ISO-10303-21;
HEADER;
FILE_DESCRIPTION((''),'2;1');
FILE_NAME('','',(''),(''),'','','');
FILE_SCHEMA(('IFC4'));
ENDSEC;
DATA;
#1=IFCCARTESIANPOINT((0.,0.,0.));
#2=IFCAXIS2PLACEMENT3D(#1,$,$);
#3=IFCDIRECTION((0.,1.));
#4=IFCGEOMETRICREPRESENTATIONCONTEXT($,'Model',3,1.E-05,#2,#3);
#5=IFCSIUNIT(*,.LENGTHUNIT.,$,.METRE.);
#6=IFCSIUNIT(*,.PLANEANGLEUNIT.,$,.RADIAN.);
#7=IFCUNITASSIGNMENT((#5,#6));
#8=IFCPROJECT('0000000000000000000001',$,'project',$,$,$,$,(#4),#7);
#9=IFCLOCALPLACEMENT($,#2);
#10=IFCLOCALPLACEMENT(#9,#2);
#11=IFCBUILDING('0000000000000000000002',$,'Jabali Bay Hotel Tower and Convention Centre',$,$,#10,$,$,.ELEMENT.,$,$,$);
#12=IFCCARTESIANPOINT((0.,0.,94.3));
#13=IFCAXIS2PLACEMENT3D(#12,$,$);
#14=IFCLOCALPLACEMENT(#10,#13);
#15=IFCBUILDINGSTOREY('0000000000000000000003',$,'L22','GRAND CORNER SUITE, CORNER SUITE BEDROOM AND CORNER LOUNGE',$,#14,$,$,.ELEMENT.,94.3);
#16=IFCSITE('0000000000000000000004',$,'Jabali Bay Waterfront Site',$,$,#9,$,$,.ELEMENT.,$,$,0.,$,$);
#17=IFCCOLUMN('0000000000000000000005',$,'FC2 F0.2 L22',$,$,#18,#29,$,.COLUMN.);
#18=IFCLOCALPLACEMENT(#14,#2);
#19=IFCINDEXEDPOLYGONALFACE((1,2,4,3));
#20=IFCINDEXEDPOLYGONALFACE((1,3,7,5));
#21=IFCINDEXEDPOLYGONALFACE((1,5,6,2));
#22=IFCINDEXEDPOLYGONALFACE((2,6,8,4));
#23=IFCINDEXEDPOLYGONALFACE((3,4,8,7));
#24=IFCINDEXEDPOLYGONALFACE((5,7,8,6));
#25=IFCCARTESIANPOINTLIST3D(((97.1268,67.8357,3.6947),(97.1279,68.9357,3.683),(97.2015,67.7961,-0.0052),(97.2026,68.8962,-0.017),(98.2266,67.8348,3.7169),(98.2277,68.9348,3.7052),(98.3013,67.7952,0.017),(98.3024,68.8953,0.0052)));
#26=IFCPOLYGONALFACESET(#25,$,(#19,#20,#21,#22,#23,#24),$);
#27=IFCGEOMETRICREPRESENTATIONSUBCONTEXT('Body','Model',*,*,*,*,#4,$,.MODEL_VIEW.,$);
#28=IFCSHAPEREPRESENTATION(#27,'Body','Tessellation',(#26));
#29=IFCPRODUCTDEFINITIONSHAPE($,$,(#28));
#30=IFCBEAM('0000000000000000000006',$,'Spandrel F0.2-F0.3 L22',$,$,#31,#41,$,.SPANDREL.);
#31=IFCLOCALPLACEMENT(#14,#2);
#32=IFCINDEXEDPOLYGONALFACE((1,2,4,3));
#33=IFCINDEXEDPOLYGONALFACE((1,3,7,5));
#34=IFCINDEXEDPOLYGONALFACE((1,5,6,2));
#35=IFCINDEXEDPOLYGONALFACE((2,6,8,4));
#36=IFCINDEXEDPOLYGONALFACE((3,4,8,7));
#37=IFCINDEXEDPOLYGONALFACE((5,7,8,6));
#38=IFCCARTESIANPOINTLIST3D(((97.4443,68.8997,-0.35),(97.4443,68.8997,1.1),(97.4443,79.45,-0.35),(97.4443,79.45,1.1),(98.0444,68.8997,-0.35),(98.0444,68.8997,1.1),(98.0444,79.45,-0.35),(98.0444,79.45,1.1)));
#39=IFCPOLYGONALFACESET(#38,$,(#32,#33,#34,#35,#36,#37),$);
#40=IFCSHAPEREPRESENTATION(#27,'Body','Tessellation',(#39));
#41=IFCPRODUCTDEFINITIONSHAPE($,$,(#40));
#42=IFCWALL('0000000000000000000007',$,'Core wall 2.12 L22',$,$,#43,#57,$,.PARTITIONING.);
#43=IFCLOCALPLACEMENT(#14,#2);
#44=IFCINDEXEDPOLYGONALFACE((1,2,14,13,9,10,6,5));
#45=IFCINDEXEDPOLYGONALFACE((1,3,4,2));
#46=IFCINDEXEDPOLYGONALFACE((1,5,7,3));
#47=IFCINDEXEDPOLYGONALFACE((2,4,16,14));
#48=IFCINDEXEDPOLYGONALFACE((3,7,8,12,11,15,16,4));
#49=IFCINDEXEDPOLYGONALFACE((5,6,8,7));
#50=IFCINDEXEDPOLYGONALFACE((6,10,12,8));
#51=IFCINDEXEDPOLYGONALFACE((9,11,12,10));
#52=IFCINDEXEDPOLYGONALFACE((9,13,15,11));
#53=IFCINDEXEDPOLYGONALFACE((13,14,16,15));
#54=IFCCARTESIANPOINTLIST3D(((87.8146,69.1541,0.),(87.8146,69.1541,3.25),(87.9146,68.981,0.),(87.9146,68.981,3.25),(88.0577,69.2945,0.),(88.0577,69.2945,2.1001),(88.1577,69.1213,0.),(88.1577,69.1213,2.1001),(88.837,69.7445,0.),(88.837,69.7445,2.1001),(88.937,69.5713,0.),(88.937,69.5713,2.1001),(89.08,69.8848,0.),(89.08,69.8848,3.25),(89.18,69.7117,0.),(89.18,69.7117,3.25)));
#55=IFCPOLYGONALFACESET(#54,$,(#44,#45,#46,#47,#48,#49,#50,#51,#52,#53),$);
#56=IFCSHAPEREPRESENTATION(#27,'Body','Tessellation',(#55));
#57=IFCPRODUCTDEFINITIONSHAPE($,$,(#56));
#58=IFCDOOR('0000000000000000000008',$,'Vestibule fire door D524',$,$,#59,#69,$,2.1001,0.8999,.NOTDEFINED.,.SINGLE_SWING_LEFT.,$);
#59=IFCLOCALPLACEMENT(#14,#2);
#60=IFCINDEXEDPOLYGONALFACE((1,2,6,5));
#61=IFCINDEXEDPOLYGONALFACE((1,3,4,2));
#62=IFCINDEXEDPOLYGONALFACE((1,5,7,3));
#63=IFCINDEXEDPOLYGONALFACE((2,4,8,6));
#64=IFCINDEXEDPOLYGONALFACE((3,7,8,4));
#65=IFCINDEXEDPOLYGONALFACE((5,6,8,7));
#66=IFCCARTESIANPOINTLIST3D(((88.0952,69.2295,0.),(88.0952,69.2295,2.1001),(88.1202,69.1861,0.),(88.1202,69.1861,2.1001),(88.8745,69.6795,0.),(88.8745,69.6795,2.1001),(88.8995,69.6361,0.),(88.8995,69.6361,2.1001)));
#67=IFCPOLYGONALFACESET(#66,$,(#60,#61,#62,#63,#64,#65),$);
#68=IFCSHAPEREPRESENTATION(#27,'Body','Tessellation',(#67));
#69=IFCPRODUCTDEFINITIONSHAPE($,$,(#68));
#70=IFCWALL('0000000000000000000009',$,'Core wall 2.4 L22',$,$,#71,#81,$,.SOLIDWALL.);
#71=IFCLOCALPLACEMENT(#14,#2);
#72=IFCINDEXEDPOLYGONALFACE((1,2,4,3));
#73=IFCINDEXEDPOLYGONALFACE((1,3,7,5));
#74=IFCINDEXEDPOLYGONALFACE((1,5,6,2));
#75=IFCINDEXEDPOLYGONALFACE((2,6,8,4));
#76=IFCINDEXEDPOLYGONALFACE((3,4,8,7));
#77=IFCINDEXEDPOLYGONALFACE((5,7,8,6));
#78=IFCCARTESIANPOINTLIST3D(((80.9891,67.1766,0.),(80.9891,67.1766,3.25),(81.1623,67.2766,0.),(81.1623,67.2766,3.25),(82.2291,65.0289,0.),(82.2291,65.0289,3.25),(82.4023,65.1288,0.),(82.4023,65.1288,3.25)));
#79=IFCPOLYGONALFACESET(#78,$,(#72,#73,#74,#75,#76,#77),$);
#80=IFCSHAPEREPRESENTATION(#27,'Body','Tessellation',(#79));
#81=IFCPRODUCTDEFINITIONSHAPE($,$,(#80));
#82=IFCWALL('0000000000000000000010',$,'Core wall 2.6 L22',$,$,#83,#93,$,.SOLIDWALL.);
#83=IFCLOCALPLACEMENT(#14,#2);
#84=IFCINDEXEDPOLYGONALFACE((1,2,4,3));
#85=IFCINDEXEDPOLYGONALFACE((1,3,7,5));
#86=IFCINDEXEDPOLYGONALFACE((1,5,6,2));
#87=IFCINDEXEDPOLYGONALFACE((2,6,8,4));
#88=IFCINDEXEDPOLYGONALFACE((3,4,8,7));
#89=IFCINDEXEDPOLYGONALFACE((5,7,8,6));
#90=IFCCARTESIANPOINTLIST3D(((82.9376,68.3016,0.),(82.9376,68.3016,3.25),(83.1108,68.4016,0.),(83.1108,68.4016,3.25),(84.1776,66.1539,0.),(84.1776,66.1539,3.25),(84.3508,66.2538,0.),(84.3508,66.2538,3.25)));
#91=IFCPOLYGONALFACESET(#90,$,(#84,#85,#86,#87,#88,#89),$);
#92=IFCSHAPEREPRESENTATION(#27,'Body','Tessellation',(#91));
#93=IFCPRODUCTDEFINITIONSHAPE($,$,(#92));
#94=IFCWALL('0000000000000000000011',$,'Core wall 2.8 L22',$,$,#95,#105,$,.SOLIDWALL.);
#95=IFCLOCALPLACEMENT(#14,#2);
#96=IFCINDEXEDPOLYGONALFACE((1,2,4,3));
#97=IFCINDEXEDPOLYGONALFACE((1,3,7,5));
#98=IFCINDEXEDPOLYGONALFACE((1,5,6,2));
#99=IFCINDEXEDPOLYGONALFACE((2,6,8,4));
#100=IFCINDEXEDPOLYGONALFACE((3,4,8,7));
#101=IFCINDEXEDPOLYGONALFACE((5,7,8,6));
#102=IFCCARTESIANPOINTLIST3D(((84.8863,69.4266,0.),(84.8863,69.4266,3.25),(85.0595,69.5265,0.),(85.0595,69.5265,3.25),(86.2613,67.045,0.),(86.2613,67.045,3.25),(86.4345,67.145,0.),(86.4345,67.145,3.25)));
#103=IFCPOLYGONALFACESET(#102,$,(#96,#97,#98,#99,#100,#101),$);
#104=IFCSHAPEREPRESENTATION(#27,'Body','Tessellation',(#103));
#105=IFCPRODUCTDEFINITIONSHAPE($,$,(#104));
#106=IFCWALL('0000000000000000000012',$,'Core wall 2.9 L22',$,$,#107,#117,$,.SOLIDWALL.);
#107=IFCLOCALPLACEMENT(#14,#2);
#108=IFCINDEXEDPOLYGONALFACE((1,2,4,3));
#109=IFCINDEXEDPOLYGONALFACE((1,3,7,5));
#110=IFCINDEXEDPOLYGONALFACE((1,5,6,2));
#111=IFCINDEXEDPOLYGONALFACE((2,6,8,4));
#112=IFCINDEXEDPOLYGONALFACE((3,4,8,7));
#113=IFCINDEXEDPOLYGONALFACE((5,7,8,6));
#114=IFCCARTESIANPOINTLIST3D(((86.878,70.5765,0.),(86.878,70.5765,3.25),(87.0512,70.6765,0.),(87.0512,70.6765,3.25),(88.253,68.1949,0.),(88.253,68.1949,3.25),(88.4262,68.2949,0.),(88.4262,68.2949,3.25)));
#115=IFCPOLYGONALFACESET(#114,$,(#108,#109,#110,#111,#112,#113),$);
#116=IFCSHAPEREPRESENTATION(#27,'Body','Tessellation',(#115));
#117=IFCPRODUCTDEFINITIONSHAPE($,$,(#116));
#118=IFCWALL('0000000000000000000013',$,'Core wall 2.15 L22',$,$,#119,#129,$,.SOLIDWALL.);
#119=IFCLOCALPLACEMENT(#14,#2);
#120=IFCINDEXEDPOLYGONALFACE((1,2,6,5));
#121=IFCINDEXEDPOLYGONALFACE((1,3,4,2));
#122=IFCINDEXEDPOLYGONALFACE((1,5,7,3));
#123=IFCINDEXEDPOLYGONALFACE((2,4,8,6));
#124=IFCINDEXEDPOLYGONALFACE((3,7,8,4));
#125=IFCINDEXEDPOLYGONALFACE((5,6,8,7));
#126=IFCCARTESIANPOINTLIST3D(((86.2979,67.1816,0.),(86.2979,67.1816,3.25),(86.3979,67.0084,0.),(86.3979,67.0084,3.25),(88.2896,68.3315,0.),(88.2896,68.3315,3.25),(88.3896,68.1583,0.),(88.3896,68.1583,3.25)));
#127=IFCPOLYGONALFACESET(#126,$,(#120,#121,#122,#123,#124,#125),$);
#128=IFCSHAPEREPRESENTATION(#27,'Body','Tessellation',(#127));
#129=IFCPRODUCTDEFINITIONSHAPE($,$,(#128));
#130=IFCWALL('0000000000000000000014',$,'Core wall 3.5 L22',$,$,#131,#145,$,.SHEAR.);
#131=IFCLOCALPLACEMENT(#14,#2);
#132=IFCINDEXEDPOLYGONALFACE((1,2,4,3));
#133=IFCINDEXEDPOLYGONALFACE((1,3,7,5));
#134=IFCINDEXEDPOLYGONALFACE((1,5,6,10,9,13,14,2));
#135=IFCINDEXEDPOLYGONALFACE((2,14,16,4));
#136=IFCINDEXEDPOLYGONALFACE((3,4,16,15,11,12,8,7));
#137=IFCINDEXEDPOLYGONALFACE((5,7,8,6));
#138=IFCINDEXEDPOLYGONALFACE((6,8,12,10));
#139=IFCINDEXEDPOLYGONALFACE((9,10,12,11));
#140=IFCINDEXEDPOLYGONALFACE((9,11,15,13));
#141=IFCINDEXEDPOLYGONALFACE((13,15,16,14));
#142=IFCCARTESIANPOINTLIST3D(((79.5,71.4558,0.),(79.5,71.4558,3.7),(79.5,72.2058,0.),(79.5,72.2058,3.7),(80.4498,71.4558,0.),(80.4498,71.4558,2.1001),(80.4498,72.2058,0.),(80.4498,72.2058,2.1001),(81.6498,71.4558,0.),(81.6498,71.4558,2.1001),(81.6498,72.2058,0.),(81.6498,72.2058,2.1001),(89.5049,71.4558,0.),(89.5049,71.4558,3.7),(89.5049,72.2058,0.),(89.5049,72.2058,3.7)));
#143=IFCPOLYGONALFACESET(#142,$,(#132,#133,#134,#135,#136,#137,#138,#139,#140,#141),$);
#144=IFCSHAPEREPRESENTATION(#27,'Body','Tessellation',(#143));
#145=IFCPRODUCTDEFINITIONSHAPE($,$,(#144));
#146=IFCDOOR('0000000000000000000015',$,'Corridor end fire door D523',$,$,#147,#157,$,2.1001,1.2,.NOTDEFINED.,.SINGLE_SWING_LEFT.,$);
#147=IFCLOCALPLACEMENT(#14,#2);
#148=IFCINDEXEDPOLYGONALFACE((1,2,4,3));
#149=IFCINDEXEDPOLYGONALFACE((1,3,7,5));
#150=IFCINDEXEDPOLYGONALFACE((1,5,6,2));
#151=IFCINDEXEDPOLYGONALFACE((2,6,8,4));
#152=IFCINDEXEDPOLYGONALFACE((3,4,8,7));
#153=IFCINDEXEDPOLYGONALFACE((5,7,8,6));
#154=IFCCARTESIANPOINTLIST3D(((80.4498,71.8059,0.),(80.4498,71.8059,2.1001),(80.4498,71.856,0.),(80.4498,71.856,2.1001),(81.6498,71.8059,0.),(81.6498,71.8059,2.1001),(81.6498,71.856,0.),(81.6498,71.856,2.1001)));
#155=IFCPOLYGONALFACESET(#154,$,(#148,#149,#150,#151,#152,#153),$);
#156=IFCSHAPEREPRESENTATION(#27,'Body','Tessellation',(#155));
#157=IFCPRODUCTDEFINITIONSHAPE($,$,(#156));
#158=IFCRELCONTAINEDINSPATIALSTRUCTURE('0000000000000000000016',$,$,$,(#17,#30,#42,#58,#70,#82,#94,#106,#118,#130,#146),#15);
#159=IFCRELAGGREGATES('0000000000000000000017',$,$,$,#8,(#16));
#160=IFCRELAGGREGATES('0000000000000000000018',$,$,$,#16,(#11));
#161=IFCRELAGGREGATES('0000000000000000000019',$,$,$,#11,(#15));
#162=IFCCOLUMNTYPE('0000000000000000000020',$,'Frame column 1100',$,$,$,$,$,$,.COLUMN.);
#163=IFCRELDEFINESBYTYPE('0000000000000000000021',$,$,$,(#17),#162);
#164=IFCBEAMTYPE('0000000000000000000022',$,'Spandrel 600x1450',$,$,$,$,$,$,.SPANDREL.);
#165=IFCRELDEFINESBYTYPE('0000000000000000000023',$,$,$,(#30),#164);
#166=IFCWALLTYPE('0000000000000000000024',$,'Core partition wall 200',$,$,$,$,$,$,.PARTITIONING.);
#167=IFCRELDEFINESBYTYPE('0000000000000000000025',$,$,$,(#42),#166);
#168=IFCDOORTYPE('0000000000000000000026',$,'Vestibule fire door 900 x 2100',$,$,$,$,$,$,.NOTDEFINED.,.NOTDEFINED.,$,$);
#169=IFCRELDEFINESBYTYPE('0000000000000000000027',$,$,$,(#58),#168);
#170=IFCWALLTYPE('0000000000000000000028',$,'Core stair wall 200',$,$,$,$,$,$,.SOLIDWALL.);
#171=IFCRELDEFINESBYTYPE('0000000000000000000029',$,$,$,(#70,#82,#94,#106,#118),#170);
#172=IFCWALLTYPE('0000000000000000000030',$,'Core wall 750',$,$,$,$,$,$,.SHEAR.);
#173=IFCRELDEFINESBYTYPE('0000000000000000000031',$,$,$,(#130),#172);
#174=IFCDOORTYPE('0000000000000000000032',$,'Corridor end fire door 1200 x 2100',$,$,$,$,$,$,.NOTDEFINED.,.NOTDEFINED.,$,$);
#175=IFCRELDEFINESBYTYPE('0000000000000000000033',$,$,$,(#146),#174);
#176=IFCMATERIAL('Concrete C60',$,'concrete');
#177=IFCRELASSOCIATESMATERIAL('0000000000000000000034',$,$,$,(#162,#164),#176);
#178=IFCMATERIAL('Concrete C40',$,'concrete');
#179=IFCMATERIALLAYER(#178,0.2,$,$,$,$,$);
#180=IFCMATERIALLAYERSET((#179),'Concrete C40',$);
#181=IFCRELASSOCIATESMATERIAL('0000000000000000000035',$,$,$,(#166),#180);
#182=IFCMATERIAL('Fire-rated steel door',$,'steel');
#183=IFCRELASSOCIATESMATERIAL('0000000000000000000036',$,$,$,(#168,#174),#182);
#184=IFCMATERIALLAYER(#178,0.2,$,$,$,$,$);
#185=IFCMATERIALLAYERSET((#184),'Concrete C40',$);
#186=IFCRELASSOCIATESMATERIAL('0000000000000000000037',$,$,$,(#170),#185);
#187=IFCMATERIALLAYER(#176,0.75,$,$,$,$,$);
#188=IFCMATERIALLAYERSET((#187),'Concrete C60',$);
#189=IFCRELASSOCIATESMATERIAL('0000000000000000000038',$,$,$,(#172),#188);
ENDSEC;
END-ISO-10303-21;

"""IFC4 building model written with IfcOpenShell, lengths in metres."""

from ifc_helpers import new_model, si_unit, direction, frame, frame_2d, origin, origin_2d, place, context, subcontext, project, spatial, rectangle, extrude, material, layer, layer_set, material_profile, profile_set, type_object, element, fill, save


model = new_model("IFC4")

# Units and contexts
model_context = context("Model", 3, precision=1e-05, world=origin(), true_north=direction((0.0, 1.0)))
body_context = subcontext(model_context, "Body", "Model", "MODEL_VIEW")
ifc_project = project(units=[si_unit("LENGTHUNIT", "METRE"), si_unit("PLANEANGLEUNIT", "RADIAN")], contexts=[model_context])

# Site, building, storey
site_placement = place(None, origin())
site = spatial("IfcSite", under=ifc_project, at=site_placement, Name="Jabali Bay Waterfront Site", CompositionType="ELEMENT", RefElevation=0.0)
building_placement = place(site_placement, origin())
building = spatial("IfcBuilding", under=site, at=building_placement, Name="Jabali Bay Hotel Tower and Convention Centre", CompositionType="ELEMENT")
storey_placement = place(building_placement, frame((0.0, 0.0, 94.3)))
storey = spatial("IfcBuildingStorey", under=building, at=storey_placement, Name="L22", Description="GRAND CORNER SUITE, CORNER SUITE BEDROOM AND CORNER LOUNGE", CompositionType="ELEMENT", Elevation=94.3)

# Column
ifc_material_1 = material(Name="Concrete C60", Category="concrete")
ifc_material_profile_1 = material_profile(ifc_material_1, rectangle(XDim=1.1001, YDim=1.1001, at=origin_2d()), Name="Frame column 1100")
ifc_profile_set_1 = profile_set([ifc_material_profile_1], Name="Concrete C60")
column_type = type_object("IfcColumnType", Name="Frame column 1100", PredefinedType="COLUMN", material=ifc_profile_set_1)
column_placement = place(storey_placement, frame((97.752, 68.3457, 0.0), z_axis=(-0.020186, 0.010687, 0.999739), x_axis=(-0.001013, -0.999943, 0.010668)))
element("IfcColumn", 1, at=column_placement, inside=storey, type_object=column_type, Name="FC2 F0.2 L22", PredefinedType="COLUMN", context=body_context, shape_type="SweptSolid", body=[
    extrude(rectangle(XDim=1.1001, YDim=1.1001, at=origin_2d()), origin(), (0.0, 0.0, 1.0), 3.7009),
])

# Beam
ifc_material_profile_2 = material_profile(ifc_material_1, rectangle(XDim=0.6001, YDim=1.45, at=origin_2d()), Name="Spandrel 600x1450")
ifc_profile_set_2 = profile_set([ifc_material_profile_2], Name="Concrete C60")
beam_type = type_object("IfcBeamType", Name="Spandrel 600x1450", PredefinedType="SPANDREL", material=ifc_profile_set_2)
beam_placement = place(storey_placement, frame((97.7444, 68.8997, 0.375), z_axis=(0.0, 1.0, 0.0), x_axis=(-1.0, 0.0, 0.0)))
element("IfcBeam", 2, at=beam_placement, inside=storey, type_object=beam_type, Name="Spandrel F0.2-F0.3 L22", PredefinedType="SPANDREL", context=body_context, shape_type="SweptSolid", body=[
    extrude(rectangle(XDim=0.6001, YDim=1.45, at=origin_2d()), origin(), (0.0, 0.0, 1.0), 10.5503),
])

# Wall, opening, door
ifc_material_2 = material(Name="Concrete C40", Category="concrete")
ifc_layer_1 = layer(ifc_material_2, 0.2)
ifc_layer_set_1 = layer_set([ifc_layer_1], Name="Concrete C40")
wall_type_1 = type_object("IfcWallType", Name="Core partition wall 200", PredefinedType="PARTITIONING", material=ifc_layer_set_1)
wall_1_placement = place(storey_placement, frame((87.8647, 69.0676, 0.0), z_axis=(0.0, 0.0, 1.0), x_axis=(0.865982, 0.500074, 0.0)))
wall_1 = element("IfcWall", 3, at=wall_1_placement, inside=storey, type_object=wall_type_1, Name="Core wall 2.12 L22", PredefinedType="PARTITIONING", context=body_context, shape_type="SweptSolid", body=[
    extrude(rectangle(XDim=1.4612, YDim=0.2, at=frame_2d((0.7305, 0.0))), origin(), (0.0, 0.0, 1.0), 3.25),
])
opening_1_placement = place(wall_1_placement, frame((0.2805, 0.0, 0.0)))
opening_1 = element("IfcOpeningElement", 4, at=opening_1_placement, cuts=wall_1, PredefinedType="OPENING", context=body_context, shape_type="SweptSolid", body=[
    extrude(rectangle(XDim=0.8999, YDim=2.1001, at=frame_2d((0.45, 1.05))), frame((0.0, 0.1104, 0.0), z_axis=(0.0, -1.0, 0.0), x_axis=(1.0, 0.0, 0.0)), (0.0, 0.0, 1.0), 0.2209),
])
ifc_material_3 = material(Name="Fire-rated steel door", Category="steel")
door_type_1 = type_object("IfcDoorType", Name="Vestibule fire door 900 x 2100", OperationType="NOTDEFINED", PredefinedType="NOTDEFINED", material=ifc_material_3)
door_1_placement = place(opening_1_placement, origin())
door_1 = element("IfcDoor", 5, at=door_1_placement, inside=storey, type_object=door_type_1, Name="Vestibule fire door D524", OperationType="SINGLE_SWING_LEFT", OverallHeight=2.1001, OverallWidth=0.8999, PredefinedType="NOTDEFINED", context=body_context, shape_type="SweptSolid", body=[
    extrude(rectangle(XDim=0.8999, YDim=2.1001, at=frame_2d((0.45, 1.05))), frame((0.0, 0.0249, 0.0), z_axis=(0.0, -1.0, 0.0), x_axis=(1.0, 0.0, 0.0)), (0.0, 0.0, 1.0), 0.05),
])
fill(opening_1, door_1)

# Walls
ifc_layer_2 = layer(ifc_material_2, 0.2)
ifc_layer_set_2 = layer_set([ifc_layer_2], Name="Concrete C40")
wall_type_2 = type_object("IfcWallType", Name="Core stair wall 200", PredefinedType="SOLIDWALL", material=ifc_layer_set_2)
for number, where, z_axis, x_axis, name in (
    (6, (81.0757, 67.2266, 0.0), (0.0, 0.0, 1.0), (0.500004, -0.866023, 0.0), "Core wall 2.4 L22"),
    (7, (83.0242, 68.3516, 0.0), (0.0, 0.0, 1.0), (0.500004, -0.866023, 0.0), "Core wall 2.6 L22"),
):
    element("IfcWall", number, at=place(storey_placement, frame(where, z_axis=z_axis, x_axis=x_axis)), inside=storey, type_object=wall_type_2, Name=name, PredefinedType="SOLIDWALL", context=body_context, shape_type="SweptSolid", body=[
        extrude(rectangle(XDim=2.48, YDim=0.2, at=frame_2d((1.24, 0.0))), origin(), (0.0, 0.0, 1.0), 3.25),
    ])
for number, where, z_axis, x_axis, name in (
    (8, (84.9729, 69.4766, 0.0), (0.0, 0.0, 1.0), (0.499997, -0.866027, 0.0), "Core wall 2.8 L22"),
    (9, (86.9646, 70.6265, 0.0), (0.0, 0.0, 1.0), (0.499997, -0.866027, 0.0), "Core wall 2.9 L22"),
):
    element("IfcWall", number, at=place(storey_placement, frame(where, z_axis=z_axis, x_axis=x_axis)), inside=storey, type_object=wall_type_2, Name=name, PredefinedType="SOLIDWALL", context=body_context, shape_type="SweptSolid", body=[
        extrude(rectangle(XDim=2.75, YDim=0.2, at=frame_2d((1.375, 0.0))), origin(), (0.0, 0.0, 1.0), 3.25),
    ])
wall_2_placement = place(storey_placement, frame((86.3479, 67.095, 0.0), z_axis=(0.0, 0.0, 1.0), x_axis=(0.866026, 0.499998, 0.0)))
element("IfcWall", 10, at=wall_2_placement, inside=storey, type_object=wall_type_2, Name="Core wall 2.15 L22", PredefinedType="SOLIDWALL", context=body_context, shape_type="SweptSolid", body=[
    extrude(rectangle(XDim=2.2998, YDim=0.2, at=frame_2d((1.1499, 0.0))), origin(), (0.0, 0.0, 1.0), 3.25),
])

# Wall, opening, door
ifc_layer_3 = layer(ifc_material_1, 0.75)
ifc_layer_set_3 = layer_set([ifc_layer_3], Name="Concrete C60")
wall_type_3 = type_object("IfcWallType", Name="Core wall 750", PredefinedType="SHEAR", material=ifc_layer_set_3)
wall_3_placement = place(storey_placement, frame((89.5049, 71.8308, 0.0), z_axis=(0.0, 0.0, 1.0), x_axis=(-1.0, 0.0, 0.0)))
wall_3 = element("IfcWall", 11, at=wall_3_placement, inside=storey, type_object=wall_type_3, Name="Core wall 3.5 L22", PredefinedType="SHEAR", context=body_context, shape_type="SweptSolid", body=[
    extrude(rectangle(XDim=10.0049, YDim=0.75, at=frame_2d((5.0024, 0.0))), origin(), (0.0, 0.0, 1.0), 3.7),
])
opening_2_placement = place(wall_3_placement, frame((7.855, 0.0, 0.0)))
opening_2 = element("IfcOpeningElement", 12, at=opening_2_placement, cuts=wall_3, PredefinedType="OPENING", context=body_context, shape_type="SweptSolid", body=[
    extrude(rectangle(XDim=1.2, YDim=2.1001, at=frame_2d((0.6001, 1.05))), frame((0.0, 0.3855, 0.0), z_axis=(0.0, -1.0, 0.0), x_axis=(1.0, 0.0, 0.0)), (0.0, 0.0, 1.0), 0.771),
])
door_type_2 = type_object("IfcDoorType", Name="Corridor end fire door 1200 x 2100", OperationType="NOTDEFINED", PredefinedType="NOTDEFINED", material=ifc_material_3)
door_2_placement = place(opening_2_placement, origin())
door_2 = element("IfcDoor", 13, at=door_2_placement, inside=storey, type_object=door_type_2, Name="Corridor end fire door D523", OperationType="SINGLE_SWING_LEFT", OverallHeight=2.1001, OverallWidth=1.2, PredefinedType="NOTDEFINED", context=body_context, shape_type="SweptSolid", body=[
    extrude(rectangle(XDim=1.2, YDim=2.1001, at=frame_2d((0.6001, 1.05))), frame((0.0, 0.0249, 0.0), z_axis=(0.0, -1.0, 0.0), x_axis=(1.0, 0.0, 0.0)), (0.0, 0.0, 1.0), 0.05),
])
fill(opening_2, door_2)

save(model, "model.ifc")
